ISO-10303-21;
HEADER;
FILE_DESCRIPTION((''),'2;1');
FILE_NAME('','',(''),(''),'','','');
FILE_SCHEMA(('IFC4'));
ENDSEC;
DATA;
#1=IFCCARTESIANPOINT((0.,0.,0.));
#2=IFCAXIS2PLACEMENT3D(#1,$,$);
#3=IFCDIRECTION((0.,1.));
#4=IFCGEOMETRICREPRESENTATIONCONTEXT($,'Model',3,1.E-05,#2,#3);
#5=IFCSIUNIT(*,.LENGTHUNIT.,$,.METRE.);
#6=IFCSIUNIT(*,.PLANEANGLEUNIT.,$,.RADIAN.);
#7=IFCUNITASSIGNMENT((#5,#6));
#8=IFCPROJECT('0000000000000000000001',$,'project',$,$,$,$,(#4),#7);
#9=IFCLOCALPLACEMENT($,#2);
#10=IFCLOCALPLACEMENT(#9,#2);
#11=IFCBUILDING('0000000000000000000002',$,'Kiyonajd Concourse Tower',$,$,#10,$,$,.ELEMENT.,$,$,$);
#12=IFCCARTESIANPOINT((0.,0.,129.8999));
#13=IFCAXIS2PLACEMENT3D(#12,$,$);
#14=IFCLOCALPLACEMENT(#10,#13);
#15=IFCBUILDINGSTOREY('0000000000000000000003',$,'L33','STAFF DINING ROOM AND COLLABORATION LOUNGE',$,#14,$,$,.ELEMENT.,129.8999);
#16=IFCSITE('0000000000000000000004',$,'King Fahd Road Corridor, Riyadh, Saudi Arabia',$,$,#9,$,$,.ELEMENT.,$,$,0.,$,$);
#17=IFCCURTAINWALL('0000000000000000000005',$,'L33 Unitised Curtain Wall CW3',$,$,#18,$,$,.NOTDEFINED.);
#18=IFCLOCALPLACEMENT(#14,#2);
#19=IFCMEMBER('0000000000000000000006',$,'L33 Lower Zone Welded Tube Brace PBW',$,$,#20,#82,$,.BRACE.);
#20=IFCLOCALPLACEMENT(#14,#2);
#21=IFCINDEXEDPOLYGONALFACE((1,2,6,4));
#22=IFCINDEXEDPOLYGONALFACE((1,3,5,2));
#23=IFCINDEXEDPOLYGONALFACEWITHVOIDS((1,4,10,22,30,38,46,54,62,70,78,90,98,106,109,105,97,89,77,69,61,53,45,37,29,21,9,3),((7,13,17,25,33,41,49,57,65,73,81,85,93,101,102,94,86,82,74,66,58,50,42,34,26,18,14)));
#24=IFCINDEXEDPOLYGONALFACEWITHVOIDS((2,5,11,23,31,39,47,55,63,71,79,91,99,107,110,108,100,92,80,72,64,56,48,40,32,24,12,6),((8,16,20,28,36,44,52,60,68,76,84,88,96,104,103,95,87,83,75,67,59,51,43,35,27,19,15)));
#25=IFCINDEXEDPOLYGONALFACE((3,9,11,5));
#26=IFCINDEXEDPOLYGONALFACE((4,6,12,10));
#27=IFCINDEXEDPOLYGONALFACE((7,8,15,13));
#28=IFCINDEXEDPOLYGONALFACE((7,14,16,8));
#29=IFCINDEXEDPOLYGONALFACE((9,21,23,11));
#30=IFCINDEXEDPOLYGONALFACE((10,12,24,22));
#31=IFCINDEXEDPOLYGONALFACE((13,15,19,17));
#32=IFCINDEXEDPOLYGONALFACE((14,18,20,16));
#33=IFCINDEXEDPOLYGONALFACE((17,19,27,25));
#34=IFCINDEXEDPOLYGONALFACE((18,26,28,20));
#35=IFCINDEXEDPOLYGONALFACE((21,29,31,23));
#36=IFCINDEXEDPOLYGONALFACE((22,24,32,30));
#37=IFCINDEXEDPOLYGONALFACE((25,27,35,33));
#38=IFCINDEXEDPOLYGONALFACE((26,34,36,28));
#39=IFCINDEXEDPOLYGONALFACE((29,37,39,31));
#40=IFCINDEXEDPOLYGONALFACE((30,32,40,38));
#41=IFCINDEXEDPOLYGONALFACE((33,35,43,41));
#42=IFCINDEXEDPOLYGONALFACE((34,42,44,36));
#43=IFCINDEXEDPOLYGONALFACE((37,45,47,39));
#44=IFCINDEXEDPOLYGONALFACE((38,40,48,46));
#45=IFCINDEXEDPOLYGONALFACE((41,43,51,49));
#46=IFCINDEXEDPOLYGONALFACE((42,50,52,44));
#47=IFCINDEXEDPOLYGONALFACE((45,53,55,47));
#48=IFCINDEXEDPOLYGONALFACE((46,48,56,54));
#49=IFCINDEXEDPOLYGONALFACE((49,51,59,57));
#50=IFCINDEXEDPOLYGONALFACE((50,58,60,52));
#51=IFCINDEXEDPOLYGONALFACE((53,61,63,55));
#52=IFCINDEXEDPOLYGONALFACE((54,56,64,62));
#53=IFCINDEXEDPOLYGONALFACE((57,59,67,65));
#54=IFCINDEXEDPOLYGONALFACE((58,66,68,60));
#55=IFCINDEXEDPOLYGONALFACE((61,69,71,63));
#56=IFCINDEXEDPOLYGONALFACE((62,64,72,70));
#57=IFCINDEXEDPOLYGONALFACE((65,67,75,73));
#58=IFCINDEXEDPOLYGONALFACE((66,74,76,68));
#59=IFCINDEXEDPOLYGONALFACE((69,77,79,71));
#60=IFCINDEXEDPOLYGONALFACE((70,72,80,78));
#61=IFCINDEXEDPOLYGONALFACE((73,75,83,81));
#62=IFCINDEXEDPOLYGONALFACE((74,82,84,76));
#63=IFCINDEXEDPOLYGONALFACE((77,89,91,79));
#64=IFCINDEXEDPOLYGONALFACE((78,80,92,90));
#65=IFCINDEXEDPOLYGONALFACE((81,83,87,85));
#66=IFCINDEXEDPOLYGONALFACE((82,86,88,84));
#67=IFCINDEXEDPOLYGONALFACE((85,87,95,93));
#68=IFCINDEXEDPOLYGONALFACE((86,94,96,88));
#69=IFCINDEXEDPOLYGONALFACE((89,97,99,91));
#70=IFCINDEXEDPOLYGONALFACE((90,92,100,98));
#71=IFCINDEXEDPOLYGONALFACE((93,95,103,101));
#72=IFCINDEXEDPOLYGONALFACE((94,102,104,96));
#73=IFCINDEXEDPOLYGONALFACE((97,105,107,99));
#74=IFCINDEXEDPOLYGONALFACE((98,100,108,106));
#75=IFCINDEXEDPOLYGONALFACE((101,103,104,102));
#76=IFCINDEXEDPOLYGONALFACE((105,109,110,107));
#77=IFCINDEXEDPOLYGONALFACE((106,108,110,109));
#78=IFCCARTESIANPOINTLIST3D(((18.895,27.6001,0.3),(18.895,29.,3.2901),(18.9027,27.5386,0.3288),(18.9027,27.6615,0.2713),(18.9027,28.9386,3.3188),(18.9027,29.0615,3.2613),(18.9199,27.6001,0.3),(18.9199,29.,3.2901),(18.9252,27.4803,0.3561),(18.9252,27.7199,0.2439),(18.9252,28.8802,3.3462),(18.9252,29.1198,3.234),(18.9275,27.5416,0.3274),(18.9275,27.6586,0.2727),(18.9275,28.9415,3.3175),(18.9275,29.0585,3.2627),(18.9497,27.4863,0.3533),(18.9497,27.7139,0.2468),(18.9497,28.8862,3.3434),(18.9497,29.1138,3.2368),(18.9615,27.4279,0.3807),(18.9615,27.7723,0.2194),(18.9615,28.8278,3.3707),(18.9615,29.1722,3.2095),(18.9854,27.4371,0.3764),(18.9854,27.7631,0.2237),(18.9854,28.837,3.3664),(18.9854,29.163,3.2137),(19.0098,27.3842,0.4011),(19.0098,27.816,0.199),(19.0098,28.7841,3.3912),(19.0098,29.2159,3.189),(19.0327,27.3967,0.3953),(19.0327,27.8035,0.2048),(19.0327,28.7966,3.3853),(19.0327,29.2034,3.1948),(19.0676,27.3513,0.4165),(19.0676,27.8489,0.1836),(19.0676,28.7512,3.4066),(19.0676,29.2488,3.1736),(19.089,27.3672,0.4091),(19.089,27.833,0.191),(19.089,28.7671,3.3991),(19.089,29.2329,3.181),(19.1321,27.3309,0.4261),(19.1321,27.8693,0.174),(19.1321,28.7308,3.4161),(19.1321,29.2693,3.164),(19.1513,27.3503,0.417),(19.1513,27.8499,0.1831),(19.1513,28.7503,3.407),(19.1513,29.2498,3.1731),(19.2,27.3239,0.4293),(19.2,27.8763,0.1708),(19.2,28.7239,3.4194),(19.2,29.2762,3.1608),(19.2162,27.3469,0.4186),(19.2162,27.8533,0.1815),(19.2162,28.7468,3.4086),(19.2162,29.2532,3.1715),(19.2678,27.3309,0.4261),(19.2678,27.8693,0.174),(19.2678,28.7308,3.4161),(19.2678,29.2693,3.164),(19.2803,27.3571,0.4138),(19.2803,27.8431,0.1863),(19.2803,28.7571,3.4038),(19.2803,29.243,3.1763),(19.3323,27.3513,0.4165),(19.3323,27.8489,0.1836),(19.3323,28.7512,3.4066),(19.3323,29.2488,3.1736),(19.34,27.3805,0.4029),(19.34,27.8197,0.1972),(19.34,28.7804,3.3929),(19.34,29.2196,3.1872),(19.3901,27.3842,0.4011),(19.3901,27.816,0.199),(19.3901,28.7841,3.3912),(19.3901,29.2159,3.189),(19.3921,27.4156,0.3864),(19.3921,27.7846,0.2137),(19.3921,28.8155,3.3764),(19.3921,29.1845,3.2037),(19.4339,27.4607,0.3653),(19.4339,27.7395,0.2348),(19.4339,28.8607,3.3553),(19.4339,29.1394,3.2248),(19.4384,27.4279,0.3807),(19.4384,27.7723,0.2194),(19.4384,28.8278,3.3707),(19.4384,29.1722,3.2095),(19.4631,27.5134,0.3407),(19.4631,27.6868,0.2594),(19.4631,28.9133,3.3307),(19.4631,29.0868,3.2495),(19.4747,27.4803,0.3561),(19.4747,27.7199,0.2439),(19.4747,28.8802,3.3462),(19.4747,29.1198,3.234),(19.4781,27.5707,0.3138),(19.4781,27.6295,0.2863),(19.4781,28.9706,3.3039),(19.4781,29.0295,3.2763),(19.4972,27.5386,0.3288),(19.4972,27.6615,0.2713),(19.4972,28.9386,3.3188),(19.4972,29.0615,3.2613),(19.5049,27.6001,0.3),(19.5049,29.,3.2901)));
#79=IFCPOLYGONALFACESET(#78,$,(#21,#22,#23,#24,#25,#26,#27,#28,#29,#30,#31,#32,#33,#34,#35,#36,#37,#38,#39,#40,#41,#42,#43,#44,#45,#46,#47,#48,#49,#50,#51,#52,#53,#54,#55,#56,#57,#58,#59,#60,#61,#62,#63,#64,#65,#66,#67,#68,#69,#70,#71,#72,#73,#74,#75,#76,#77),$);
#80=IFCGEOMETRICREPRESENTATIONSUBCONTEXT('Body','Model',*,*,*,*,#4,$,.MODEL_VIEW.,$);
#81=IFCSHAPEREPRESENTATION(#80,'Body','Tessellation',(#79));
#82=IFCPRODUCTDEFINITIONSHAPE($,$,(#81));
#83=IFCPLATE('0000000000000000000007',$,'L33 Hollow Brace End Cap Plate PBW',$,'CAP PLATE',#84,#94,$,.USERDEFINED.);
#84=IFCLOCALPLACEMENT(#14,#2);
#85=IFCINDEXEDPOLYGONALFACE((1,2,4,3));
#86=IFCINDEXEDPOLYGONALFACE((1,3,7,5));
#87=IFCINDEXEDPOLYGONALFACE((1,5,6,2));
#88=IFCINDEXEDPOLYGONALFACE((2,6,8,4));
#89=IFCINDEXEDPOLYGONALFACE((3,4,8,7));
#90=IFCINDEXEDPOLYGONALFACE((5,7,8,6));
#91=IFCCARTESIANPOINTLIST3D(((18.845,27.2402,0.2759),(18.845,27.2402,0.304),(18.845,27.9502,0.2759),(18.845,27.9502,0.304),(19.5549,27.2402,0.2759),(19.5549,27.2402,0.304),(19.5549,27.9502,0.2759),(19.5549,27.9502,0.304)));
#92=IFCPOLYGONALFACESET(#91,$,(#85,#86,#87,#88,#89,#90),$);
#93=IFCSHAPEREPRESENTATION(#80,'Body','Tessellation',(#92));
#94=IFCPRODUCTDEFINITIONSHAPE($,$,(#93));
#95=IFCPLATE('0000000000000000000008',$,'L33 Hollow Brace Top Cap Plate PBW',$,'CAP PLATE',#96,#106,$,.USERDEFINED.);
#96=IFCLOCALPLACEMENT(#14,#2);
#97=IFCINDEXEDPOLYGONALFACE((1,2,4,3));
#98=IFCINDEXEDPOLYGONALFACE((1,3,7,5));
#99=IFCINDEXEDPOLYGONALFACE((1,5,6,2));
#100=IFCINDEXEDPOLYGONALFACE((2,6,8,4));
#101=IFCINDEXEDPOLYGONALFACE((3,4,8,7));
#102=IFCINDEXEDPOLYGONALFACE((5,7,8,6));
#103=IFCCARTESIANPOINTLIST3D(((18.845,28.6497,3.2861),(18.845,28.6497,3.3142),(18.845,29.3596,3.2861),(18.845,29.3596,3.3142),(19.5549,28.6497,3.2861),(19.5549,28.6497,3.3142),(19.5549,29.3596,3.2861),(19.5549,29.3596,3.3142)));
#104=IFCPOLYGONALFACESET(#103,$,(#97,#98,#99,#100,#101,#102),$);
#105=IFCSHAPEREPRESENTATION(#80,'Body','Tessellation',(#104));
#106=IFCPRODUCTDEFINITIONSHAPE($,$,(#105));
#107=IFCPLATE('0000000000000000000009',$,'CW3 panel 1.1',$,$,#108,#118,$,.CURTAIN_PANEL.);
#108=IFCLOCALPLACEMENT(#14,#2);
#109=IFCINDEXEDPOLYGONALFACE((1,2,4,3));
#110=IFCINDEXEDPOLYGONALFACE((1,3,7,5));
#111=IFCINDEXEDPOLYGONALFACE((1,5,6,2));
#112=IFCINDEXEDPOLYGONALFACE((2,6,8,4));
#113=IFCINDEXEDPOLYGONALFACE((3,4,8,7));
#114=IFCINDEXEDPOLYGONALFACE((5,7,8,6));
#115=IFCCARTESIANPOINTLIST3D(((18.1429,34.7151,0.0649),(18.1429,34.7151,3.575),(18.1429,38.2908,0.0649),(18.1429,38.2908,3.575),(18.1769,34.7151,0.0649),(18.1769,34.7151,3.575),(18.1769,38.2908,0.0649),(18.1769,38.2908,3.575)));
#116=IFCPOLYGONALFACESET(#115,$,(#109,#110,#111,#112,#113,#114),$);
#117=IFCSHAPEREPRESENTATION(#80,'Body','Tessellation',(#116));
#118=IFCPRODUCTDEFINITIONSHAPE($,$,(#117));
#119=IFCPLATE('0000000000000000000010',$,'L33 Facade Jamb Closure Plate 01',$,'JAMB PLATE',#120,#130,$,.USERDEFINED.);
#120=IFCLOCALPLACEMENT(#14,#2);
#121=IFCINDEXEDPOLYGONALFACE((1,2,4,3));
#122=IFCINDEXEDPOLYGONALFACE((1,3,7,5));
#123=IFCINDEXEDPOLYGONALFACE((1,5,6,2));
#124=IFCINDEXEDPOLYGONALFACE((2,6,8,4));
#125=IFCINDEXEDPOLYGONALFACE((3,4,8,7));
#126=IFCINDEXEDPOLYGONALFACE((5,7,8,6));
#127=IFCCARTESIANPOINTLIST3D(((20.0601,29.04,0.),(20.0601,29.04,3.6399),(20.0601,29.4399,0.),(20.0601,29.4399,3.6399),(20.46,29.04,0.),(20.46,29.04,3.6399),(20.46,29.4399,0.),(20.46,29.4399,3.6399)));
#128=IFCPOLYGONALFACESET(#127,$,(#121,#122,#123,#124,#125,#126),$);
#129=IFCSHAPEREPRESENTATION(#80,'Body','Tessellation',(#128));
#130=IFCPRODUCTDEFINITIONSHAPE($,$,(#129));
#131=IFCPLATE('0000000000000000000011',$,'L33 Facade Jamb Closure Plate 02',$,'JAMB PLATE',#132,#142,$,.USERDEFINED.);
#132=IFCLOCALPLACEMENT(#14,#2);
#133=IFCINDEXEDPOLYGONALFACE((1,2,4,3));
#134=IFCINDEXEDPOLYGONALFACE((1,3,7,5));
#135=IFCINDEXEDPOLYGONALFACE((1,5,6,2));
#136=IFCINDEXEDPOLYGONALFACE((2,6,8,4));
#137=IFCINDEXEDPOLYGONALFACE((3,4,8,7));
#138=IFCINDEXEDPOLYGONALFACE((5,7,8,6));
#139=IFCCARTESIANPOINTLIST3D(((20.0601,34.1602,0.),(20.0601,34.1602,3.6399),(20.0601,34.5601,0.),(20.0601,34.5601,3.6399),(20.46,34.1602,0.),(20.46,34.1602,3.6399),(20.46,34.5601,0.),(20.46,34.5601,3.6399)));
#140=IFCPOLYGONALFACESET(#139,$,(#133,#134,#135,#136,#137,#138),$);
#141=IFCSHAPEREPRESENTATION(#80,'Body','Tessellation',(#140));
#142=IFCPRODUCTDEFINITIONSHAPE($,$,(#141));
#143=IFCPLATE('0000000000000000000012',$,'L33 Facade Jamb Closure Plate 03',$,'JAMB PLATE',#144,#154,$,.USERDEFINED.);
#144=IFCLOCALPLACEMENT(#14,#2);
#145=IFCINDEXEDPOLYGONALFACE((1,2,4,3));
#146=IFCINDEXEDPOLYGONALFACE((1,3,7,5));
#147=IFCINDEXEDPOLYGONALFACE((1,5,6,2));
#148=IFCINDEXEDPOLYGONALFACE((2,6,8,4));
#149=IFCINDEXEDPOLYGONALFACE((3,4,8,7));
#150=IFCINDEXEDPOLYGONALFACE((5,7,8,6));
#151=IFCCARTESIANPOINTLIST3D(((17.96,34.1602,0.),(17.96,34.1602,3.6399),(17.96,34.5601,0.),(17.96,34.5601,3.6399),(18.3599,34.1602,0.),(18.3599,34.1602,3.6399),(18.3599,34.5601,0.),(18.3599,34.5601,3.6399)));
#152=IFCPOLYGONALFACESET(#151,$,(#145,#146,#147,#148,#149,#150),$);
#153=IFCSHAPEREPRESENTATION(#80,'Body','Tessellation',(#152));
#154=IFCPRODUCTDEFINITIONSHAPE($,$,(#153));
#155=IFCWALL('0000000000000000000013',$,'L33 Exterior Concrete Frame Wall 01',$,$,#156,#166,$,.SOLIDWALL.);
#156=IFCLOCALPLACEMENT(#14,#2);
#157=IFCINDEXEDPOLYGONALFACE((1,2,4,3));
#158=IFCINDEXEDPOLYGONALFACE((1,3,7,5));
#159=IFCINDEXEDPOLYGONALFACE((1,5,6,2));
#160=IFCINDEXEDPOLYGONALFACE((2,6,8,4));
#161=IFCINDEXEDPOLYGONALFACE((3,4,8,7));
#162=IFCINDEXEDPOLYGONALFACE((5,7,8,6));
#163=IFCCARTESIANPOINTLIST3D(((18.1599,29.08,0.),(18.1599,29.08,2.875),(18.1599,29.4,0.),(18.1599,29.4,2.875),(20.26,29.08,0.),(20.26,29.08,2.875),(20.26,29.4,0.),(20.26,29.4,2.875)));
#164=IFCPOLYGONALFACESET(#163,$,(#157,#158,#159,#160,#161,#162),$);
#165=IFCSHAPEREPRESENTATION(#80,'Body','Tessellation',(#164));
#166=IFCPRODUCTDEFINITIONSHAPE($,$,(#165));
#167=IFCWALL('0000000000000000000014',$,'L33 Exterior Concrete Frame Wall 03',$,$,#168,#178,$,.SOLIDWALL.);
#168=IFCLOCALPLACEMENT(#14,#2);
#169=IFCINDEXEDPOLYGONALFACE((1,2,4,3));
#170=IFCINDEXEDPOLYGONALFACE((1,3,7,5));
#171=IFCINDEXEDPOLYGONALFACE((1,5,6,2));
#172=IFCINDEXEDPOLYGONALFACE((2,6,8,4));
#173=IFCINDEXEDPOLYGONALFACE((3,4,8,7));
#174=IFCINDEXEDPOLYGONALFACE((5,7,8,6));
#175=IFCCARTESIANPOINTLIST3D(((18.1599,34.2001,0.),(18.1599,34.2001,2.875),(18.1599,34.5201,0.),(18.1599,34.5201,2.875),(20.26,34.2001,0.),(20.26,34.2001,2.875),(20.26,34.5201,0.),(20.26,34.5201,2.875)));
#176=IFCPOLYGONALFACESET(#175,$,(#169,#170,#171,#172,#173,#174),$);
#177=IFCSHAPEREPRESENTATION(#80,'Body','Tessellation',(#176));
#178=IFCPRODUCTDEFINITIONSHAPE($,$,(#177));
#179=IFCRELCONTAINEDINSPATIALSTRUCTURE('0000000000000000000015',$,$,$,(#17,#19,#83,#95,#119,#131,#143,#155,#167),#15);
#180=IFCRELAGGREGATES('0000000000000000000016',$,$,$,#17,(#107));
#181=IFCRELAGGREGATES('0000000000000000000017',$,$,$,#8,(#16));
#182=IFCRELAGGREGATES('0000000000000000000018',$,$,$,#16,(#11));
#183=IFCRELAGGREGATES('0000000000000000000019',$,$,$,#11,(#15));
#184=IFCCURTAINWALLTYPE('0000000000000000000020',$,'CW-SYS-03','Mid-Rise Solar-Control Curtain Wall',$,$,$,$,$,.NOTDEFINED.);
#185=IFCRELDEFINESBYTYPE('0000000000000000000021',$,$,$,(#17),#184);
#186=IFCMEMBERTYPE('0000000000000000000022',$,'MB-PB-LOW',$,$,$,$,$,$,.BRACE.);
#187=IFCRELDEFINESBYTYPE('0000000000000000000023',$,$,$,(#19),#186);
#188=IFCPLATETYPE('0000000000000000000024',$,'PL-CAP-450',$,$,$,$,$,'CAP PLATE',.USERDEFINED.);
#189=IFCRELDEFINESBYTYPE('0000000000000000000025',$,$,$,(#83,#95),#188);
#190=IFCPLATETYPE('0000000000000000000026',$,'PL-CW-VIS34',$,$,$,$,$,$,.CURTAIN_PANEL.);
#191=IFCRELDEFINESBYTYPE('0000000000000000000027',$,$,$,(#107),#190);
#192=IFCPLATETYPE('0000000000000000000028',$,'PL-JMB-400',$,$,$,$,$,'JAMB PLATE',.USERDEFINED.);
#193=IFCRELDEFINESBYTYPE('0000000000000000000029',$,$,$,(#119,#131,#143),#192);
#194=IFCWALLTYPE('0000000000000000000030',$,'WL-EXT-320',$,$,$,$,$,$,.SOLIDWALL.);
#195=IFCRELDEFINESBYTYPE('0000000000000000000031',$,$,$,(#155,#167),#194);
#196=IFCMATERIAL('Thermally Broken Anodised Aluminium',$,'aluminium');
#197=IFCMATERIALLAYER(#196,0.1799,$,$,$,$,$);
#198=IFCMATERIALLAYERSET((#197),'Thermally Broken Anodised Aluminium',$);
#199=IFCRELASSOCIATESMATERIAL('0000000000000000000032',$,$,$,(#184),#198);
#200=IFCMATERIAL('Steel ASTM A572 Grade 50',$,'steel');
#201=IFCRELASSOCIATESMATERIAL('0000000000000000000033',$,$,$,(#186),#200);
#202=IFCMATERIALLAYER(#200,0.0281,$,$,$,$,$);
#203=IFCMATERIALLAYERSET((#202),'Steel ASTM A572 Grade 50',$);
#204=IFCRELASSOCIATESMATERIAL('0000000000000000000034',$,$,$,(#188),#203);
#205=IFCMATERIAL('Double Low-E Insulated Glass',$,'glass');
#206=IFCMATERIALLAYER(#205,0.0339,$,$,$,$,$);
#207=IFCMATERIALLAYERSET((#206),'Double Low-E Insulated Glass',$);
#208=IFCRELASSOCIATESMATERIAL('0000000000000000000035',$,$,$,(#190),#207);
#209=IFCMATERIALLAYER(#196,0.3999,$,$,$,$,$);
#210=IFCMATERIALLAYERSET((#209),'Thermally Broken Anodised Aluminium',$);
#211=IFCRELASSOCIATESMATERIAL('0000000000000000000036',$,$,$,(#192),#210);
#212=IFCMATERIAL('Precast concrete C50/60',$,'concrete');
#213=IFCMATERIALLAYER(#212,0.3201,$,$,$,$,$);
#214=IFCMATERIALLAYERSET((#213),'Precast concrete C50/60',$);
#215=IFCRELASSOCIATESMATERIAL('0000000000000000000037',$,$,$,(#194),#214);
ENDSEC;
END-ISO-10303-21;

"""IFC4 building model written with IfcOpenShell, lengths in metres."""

from ifc_helpers import new_model, si_unit, direction, frame, frame_2d, origin, origin_2d, place, context, subcontext, project, spatial, rectangle, hollow_circle, extrude, material, layer, layer_set, material_profile, profile_set, type_object, element, aggregate, save


model = new_model("IFC4")

# Units and contexts
model_context = context("Model", 3, precision=1e-05, world=origin(), true_north=direction((0.0, 1.0)))
body_context = subcontext(model_context, "Body", "Model", "MODEL_VIEW")
ifc_project = project(units=[si_unit("LENGTHUNIT", "METRE"), si_unit("PLANEANGLEUNIT", "RADIAN")], contexts=[model_context])

# Site, building, storey
site_placement = place(None, origin())
site = spatial("IfcSite", under=ifc_project, at=site_placement, Name="King Fahd Road Corridor, Riyadh, Saudi Arabia", CompositionType="ELEMENT", RefElevation=0.0)
building_placement = place(site_placement, origin())
building = spatial("IfcBuilding", under=site, at=building_placement, Name="Kiyonajd Concourse Tower", CompositionType="ELEMENT")
storey_placement = place(building_placement, frame((0.0, 0.0, 129.8999)))
storey = spatial("IfcBuildingStorey", under=building, at=storey_placement, Name="L33", Description="STAFF DINING ROOM AND COLLABORATION LOUNGE", CompositionType="ELEMENT", Elevation=129.8999)

# Shared definitions
ifc_material_1 = material(Name="Precast concrete C50/60", Category="concrete")

# Curtain wall
ifc_material_2 = material(Name="Thermally Broken Anodised Aluminium", Category="aluminium")
ifc_layer_1 = layer(ifc_material_2, 0.1799)
ifc_layer_set_1 = layer_set([ifc_layer_1], Name="Thermally Broken Anodised Aluminium")
curtain_wall_type = type_object("IfcCurtainWallType", Name="CW-SYS-03", Description="Mid-Rise Solar-Control Curtain Wall", PredefinedType="NOTDEFINED", material=ifc_layer_set_1)
curtain_wall_placement = place(storey_placement, origin())
curtain_wall = element("IfcCurtainWall", 1, at=curtain_wall_placement, inside=storey, type_object=curtain_wall_type, Name="L33 Unitised Curtain Wall CW3", PredefinedType="NOTDEFINED")

# Member
ifc_material_3 = material(Name="Steel ASTM A572 Grade 50", Category="steel")
ifc_material_profile_1 = material_profile(ifc_material_3, hollow_circle(Radius=0.3049, WallThickness=0.0249, at=origin_2d()), Name="CHS-610x25")
ifc_profile_set_1 = profile_set([ifc_material_profile_1], Name="Steel ASTM A572 Grade 50")
member_type_1 = type_object("IfcMemberType", Name="MB-PB-LOW", PredefinedType="BRACE", material=ifc_profile_set_1)
member_1_placement = place(storey_placement, frame((19.2, 27.6001, 0.3), z_axis=(0.0, 0.424023, 0.905652), x_axis=(-1.0, 0.0, 0.0)))
element("IfcMember", 2, at=member_1_placement, inside=storey, type_object=member_type_1, Name="L33 Lower Zone Welded Tube Brace PBW", PredefinedType="BRACE", context=body_context, shape_type="SweptSolid", body=[
    extrude(hollow_circle(Radius=0.3049, WallThickness=0.0249, at=origin_2d()), origin(), (0.0, 0.0, 1.0), 3.3015),
])

# Plates
ifc_layer_2 = layer(ifc_material_3, 0.0281)
ifc_layer_set_2 = layer_set([ifc_layer_2], Name="Steel ASTM A572 Grade 50")
plate_type_1 = type_object("IfcPlateType", Name="PL-CAP-450", ElementType="CAP PLATE", PredefinedType="USERDEFINED", material=ifc_layer_set_2)
for number, where, z_axis, x_axis, name in (
    (3, (19.2, 27.5952, 0.2759), (0.0, 0.0, 1.0), (1.0, 0.0, 0.0), "L33 Hollow Brace End Cap Plate PBW"),
    (4, (19.2, 29.0046, 3.2861), (0.0, 0.0, 1.0), (1.0, 0.0, 0.0), "L33 Hollow Brace Top Cap Plate PBW"),
):
    element("IfcPlate", number, at=place(storey_placement, frame(where, z_axis=z_axis, x_axis=x_axis)), inside=storey, type_object=plate_type_1, Name=name, ObjectType="CAP PLATE", PredefinedType="USERDEFINED", context=body_context, shape_type="SweptSolid", body=[
        extrude(rectangle(XDim=0.71, YDim=0.71, at=origin_2d()), origin(), (0.0, 0.0, 1.0), 0.0281),
    ])

# Plate
ifc_material_4 = material(Name="Double Low-E Insulated Glass", Category="glass")
ifc_layer_3 = layer(ifc_material_4, 0.0339)
ifc_layer_set_3 = layer_set([ifc_layer_3], Name="Double Low-E Insulated Glass")
plate_type_2 = type_object("IfcPlateType", Name="PL-CW-VIS34", PredefinedType="CURTAIN_PANEL", material=ifc_layer_set_3)
plate_placement = place(storey_placement, frame((18.1599, 36.5029, 0.0649), z_axis=(0.0, 0.0, 1.0), x_axis=(0.0, 1.0, 0.0)))
plate = element("IfcPlate", 5, at=plate_placement, type_object=plate_type_2, Name="CW3 panel 1.1", PredefinedType="CURTAIN_PANEL", context=body_context, shape_type="SweptSolid", body=[
    extrude(rectangle(XDim=3.5757, YDim=0.0339, at=origin_2d()), origin(), (0.0, 0.0, 1.0), 3.51),
])
aggregate(curtain_wall, [plate])

# Plates
ifc_layer_4 = layer(ifc_material_2, 0.3999)
ifc_layer_set_4 = layer_set([ifc_layer_4], Name="Thermally Broken Anodised Aluminium")
plate_type_3 = type_object("IfcPlateType", Name="PL-JMB-400", ElementType="JAMB PLATE", PredefinedType="USERDEFINED", material=ifc_layer_set_4)
for number, where, z_axis, x_axis, name in (
    (6, (20.26, 29.24, 0.0), (0.0, 0.0, 1.0), (1.0, 0.0, 0.0), "L33 Facade Jamb Closure Plate 01"),
    (7, (20.26, 34.3601, 0.0), (0.0, 0.0, 1.0), (1.0, 0.0, 0.0), "L33 Facade Jamb Closure Plate 02"),
    (8, (18.1599, 34.3601, 0.0), (0.0, 0.0, 1.0), (1.0, 0.0, 0.0), "L33 Facade Jamb Closure Plate 03"),
):
    element("IfcPlate", number, at=place(storey_placement, frame(where, z_axis=z_axis, x_axis=x_axis)), inside=storey, type_object=plate_type_3, Name=name, ObjectType="JAMB PLATE", PredefinedType="USERDEFINED", context=body_context, shape_type="SweptSolid", body=[
        extrude(rectangle(XDim=0.3999, YDim=0.3999, at=origin_2d()), origin(), (0.0, 0.0, 1.0), 3.6399),
    ])

# Walls
ifc_layer_5 = layer(ifc_material_1, 0.3201)
ifc_layer_set_5 = layer_set([ifc_layer_5], Name="Precast concrete C50/60")
wall_type_1 = type_object("IfcWallType", Name="WL-EXT-320", PredefinedType="SOLIDWALL", material=ifc_layer_set_5)
for number, where, z_axis, x_axis, name in (
    (9, (18.1599, 29.24, 0.0), (0.0, 0.0, 1.0), (1.0, 0.0, 0.0), "L33 Exterior Concrete Frame Wall 01"),
    (10, (20.26, 34.3601, 0.0), (0.0, 0.0, 1.0), (-1.0, 0.0, 0.0), "L33 Exterior Concrete Frame Wall 03"),
):
    element("IfcWall", number, at=place(storey_placement, frame(where, z_axis=z_axis, x_axis=x_axis)), inside=storey, type_object=wall_type_1, Name=name, PredefinedType="SOLIDWALL", context=body_context, shape_type="SweptSolid", body=[
        extrude(rectangle(XDim=2.1001, YDim=0.3201, at=frame_2d((1.05, 0.0))), origin(), (0.0, 0.0, 1.0), 2.875),
    ])

save(model, "model.ifc")
